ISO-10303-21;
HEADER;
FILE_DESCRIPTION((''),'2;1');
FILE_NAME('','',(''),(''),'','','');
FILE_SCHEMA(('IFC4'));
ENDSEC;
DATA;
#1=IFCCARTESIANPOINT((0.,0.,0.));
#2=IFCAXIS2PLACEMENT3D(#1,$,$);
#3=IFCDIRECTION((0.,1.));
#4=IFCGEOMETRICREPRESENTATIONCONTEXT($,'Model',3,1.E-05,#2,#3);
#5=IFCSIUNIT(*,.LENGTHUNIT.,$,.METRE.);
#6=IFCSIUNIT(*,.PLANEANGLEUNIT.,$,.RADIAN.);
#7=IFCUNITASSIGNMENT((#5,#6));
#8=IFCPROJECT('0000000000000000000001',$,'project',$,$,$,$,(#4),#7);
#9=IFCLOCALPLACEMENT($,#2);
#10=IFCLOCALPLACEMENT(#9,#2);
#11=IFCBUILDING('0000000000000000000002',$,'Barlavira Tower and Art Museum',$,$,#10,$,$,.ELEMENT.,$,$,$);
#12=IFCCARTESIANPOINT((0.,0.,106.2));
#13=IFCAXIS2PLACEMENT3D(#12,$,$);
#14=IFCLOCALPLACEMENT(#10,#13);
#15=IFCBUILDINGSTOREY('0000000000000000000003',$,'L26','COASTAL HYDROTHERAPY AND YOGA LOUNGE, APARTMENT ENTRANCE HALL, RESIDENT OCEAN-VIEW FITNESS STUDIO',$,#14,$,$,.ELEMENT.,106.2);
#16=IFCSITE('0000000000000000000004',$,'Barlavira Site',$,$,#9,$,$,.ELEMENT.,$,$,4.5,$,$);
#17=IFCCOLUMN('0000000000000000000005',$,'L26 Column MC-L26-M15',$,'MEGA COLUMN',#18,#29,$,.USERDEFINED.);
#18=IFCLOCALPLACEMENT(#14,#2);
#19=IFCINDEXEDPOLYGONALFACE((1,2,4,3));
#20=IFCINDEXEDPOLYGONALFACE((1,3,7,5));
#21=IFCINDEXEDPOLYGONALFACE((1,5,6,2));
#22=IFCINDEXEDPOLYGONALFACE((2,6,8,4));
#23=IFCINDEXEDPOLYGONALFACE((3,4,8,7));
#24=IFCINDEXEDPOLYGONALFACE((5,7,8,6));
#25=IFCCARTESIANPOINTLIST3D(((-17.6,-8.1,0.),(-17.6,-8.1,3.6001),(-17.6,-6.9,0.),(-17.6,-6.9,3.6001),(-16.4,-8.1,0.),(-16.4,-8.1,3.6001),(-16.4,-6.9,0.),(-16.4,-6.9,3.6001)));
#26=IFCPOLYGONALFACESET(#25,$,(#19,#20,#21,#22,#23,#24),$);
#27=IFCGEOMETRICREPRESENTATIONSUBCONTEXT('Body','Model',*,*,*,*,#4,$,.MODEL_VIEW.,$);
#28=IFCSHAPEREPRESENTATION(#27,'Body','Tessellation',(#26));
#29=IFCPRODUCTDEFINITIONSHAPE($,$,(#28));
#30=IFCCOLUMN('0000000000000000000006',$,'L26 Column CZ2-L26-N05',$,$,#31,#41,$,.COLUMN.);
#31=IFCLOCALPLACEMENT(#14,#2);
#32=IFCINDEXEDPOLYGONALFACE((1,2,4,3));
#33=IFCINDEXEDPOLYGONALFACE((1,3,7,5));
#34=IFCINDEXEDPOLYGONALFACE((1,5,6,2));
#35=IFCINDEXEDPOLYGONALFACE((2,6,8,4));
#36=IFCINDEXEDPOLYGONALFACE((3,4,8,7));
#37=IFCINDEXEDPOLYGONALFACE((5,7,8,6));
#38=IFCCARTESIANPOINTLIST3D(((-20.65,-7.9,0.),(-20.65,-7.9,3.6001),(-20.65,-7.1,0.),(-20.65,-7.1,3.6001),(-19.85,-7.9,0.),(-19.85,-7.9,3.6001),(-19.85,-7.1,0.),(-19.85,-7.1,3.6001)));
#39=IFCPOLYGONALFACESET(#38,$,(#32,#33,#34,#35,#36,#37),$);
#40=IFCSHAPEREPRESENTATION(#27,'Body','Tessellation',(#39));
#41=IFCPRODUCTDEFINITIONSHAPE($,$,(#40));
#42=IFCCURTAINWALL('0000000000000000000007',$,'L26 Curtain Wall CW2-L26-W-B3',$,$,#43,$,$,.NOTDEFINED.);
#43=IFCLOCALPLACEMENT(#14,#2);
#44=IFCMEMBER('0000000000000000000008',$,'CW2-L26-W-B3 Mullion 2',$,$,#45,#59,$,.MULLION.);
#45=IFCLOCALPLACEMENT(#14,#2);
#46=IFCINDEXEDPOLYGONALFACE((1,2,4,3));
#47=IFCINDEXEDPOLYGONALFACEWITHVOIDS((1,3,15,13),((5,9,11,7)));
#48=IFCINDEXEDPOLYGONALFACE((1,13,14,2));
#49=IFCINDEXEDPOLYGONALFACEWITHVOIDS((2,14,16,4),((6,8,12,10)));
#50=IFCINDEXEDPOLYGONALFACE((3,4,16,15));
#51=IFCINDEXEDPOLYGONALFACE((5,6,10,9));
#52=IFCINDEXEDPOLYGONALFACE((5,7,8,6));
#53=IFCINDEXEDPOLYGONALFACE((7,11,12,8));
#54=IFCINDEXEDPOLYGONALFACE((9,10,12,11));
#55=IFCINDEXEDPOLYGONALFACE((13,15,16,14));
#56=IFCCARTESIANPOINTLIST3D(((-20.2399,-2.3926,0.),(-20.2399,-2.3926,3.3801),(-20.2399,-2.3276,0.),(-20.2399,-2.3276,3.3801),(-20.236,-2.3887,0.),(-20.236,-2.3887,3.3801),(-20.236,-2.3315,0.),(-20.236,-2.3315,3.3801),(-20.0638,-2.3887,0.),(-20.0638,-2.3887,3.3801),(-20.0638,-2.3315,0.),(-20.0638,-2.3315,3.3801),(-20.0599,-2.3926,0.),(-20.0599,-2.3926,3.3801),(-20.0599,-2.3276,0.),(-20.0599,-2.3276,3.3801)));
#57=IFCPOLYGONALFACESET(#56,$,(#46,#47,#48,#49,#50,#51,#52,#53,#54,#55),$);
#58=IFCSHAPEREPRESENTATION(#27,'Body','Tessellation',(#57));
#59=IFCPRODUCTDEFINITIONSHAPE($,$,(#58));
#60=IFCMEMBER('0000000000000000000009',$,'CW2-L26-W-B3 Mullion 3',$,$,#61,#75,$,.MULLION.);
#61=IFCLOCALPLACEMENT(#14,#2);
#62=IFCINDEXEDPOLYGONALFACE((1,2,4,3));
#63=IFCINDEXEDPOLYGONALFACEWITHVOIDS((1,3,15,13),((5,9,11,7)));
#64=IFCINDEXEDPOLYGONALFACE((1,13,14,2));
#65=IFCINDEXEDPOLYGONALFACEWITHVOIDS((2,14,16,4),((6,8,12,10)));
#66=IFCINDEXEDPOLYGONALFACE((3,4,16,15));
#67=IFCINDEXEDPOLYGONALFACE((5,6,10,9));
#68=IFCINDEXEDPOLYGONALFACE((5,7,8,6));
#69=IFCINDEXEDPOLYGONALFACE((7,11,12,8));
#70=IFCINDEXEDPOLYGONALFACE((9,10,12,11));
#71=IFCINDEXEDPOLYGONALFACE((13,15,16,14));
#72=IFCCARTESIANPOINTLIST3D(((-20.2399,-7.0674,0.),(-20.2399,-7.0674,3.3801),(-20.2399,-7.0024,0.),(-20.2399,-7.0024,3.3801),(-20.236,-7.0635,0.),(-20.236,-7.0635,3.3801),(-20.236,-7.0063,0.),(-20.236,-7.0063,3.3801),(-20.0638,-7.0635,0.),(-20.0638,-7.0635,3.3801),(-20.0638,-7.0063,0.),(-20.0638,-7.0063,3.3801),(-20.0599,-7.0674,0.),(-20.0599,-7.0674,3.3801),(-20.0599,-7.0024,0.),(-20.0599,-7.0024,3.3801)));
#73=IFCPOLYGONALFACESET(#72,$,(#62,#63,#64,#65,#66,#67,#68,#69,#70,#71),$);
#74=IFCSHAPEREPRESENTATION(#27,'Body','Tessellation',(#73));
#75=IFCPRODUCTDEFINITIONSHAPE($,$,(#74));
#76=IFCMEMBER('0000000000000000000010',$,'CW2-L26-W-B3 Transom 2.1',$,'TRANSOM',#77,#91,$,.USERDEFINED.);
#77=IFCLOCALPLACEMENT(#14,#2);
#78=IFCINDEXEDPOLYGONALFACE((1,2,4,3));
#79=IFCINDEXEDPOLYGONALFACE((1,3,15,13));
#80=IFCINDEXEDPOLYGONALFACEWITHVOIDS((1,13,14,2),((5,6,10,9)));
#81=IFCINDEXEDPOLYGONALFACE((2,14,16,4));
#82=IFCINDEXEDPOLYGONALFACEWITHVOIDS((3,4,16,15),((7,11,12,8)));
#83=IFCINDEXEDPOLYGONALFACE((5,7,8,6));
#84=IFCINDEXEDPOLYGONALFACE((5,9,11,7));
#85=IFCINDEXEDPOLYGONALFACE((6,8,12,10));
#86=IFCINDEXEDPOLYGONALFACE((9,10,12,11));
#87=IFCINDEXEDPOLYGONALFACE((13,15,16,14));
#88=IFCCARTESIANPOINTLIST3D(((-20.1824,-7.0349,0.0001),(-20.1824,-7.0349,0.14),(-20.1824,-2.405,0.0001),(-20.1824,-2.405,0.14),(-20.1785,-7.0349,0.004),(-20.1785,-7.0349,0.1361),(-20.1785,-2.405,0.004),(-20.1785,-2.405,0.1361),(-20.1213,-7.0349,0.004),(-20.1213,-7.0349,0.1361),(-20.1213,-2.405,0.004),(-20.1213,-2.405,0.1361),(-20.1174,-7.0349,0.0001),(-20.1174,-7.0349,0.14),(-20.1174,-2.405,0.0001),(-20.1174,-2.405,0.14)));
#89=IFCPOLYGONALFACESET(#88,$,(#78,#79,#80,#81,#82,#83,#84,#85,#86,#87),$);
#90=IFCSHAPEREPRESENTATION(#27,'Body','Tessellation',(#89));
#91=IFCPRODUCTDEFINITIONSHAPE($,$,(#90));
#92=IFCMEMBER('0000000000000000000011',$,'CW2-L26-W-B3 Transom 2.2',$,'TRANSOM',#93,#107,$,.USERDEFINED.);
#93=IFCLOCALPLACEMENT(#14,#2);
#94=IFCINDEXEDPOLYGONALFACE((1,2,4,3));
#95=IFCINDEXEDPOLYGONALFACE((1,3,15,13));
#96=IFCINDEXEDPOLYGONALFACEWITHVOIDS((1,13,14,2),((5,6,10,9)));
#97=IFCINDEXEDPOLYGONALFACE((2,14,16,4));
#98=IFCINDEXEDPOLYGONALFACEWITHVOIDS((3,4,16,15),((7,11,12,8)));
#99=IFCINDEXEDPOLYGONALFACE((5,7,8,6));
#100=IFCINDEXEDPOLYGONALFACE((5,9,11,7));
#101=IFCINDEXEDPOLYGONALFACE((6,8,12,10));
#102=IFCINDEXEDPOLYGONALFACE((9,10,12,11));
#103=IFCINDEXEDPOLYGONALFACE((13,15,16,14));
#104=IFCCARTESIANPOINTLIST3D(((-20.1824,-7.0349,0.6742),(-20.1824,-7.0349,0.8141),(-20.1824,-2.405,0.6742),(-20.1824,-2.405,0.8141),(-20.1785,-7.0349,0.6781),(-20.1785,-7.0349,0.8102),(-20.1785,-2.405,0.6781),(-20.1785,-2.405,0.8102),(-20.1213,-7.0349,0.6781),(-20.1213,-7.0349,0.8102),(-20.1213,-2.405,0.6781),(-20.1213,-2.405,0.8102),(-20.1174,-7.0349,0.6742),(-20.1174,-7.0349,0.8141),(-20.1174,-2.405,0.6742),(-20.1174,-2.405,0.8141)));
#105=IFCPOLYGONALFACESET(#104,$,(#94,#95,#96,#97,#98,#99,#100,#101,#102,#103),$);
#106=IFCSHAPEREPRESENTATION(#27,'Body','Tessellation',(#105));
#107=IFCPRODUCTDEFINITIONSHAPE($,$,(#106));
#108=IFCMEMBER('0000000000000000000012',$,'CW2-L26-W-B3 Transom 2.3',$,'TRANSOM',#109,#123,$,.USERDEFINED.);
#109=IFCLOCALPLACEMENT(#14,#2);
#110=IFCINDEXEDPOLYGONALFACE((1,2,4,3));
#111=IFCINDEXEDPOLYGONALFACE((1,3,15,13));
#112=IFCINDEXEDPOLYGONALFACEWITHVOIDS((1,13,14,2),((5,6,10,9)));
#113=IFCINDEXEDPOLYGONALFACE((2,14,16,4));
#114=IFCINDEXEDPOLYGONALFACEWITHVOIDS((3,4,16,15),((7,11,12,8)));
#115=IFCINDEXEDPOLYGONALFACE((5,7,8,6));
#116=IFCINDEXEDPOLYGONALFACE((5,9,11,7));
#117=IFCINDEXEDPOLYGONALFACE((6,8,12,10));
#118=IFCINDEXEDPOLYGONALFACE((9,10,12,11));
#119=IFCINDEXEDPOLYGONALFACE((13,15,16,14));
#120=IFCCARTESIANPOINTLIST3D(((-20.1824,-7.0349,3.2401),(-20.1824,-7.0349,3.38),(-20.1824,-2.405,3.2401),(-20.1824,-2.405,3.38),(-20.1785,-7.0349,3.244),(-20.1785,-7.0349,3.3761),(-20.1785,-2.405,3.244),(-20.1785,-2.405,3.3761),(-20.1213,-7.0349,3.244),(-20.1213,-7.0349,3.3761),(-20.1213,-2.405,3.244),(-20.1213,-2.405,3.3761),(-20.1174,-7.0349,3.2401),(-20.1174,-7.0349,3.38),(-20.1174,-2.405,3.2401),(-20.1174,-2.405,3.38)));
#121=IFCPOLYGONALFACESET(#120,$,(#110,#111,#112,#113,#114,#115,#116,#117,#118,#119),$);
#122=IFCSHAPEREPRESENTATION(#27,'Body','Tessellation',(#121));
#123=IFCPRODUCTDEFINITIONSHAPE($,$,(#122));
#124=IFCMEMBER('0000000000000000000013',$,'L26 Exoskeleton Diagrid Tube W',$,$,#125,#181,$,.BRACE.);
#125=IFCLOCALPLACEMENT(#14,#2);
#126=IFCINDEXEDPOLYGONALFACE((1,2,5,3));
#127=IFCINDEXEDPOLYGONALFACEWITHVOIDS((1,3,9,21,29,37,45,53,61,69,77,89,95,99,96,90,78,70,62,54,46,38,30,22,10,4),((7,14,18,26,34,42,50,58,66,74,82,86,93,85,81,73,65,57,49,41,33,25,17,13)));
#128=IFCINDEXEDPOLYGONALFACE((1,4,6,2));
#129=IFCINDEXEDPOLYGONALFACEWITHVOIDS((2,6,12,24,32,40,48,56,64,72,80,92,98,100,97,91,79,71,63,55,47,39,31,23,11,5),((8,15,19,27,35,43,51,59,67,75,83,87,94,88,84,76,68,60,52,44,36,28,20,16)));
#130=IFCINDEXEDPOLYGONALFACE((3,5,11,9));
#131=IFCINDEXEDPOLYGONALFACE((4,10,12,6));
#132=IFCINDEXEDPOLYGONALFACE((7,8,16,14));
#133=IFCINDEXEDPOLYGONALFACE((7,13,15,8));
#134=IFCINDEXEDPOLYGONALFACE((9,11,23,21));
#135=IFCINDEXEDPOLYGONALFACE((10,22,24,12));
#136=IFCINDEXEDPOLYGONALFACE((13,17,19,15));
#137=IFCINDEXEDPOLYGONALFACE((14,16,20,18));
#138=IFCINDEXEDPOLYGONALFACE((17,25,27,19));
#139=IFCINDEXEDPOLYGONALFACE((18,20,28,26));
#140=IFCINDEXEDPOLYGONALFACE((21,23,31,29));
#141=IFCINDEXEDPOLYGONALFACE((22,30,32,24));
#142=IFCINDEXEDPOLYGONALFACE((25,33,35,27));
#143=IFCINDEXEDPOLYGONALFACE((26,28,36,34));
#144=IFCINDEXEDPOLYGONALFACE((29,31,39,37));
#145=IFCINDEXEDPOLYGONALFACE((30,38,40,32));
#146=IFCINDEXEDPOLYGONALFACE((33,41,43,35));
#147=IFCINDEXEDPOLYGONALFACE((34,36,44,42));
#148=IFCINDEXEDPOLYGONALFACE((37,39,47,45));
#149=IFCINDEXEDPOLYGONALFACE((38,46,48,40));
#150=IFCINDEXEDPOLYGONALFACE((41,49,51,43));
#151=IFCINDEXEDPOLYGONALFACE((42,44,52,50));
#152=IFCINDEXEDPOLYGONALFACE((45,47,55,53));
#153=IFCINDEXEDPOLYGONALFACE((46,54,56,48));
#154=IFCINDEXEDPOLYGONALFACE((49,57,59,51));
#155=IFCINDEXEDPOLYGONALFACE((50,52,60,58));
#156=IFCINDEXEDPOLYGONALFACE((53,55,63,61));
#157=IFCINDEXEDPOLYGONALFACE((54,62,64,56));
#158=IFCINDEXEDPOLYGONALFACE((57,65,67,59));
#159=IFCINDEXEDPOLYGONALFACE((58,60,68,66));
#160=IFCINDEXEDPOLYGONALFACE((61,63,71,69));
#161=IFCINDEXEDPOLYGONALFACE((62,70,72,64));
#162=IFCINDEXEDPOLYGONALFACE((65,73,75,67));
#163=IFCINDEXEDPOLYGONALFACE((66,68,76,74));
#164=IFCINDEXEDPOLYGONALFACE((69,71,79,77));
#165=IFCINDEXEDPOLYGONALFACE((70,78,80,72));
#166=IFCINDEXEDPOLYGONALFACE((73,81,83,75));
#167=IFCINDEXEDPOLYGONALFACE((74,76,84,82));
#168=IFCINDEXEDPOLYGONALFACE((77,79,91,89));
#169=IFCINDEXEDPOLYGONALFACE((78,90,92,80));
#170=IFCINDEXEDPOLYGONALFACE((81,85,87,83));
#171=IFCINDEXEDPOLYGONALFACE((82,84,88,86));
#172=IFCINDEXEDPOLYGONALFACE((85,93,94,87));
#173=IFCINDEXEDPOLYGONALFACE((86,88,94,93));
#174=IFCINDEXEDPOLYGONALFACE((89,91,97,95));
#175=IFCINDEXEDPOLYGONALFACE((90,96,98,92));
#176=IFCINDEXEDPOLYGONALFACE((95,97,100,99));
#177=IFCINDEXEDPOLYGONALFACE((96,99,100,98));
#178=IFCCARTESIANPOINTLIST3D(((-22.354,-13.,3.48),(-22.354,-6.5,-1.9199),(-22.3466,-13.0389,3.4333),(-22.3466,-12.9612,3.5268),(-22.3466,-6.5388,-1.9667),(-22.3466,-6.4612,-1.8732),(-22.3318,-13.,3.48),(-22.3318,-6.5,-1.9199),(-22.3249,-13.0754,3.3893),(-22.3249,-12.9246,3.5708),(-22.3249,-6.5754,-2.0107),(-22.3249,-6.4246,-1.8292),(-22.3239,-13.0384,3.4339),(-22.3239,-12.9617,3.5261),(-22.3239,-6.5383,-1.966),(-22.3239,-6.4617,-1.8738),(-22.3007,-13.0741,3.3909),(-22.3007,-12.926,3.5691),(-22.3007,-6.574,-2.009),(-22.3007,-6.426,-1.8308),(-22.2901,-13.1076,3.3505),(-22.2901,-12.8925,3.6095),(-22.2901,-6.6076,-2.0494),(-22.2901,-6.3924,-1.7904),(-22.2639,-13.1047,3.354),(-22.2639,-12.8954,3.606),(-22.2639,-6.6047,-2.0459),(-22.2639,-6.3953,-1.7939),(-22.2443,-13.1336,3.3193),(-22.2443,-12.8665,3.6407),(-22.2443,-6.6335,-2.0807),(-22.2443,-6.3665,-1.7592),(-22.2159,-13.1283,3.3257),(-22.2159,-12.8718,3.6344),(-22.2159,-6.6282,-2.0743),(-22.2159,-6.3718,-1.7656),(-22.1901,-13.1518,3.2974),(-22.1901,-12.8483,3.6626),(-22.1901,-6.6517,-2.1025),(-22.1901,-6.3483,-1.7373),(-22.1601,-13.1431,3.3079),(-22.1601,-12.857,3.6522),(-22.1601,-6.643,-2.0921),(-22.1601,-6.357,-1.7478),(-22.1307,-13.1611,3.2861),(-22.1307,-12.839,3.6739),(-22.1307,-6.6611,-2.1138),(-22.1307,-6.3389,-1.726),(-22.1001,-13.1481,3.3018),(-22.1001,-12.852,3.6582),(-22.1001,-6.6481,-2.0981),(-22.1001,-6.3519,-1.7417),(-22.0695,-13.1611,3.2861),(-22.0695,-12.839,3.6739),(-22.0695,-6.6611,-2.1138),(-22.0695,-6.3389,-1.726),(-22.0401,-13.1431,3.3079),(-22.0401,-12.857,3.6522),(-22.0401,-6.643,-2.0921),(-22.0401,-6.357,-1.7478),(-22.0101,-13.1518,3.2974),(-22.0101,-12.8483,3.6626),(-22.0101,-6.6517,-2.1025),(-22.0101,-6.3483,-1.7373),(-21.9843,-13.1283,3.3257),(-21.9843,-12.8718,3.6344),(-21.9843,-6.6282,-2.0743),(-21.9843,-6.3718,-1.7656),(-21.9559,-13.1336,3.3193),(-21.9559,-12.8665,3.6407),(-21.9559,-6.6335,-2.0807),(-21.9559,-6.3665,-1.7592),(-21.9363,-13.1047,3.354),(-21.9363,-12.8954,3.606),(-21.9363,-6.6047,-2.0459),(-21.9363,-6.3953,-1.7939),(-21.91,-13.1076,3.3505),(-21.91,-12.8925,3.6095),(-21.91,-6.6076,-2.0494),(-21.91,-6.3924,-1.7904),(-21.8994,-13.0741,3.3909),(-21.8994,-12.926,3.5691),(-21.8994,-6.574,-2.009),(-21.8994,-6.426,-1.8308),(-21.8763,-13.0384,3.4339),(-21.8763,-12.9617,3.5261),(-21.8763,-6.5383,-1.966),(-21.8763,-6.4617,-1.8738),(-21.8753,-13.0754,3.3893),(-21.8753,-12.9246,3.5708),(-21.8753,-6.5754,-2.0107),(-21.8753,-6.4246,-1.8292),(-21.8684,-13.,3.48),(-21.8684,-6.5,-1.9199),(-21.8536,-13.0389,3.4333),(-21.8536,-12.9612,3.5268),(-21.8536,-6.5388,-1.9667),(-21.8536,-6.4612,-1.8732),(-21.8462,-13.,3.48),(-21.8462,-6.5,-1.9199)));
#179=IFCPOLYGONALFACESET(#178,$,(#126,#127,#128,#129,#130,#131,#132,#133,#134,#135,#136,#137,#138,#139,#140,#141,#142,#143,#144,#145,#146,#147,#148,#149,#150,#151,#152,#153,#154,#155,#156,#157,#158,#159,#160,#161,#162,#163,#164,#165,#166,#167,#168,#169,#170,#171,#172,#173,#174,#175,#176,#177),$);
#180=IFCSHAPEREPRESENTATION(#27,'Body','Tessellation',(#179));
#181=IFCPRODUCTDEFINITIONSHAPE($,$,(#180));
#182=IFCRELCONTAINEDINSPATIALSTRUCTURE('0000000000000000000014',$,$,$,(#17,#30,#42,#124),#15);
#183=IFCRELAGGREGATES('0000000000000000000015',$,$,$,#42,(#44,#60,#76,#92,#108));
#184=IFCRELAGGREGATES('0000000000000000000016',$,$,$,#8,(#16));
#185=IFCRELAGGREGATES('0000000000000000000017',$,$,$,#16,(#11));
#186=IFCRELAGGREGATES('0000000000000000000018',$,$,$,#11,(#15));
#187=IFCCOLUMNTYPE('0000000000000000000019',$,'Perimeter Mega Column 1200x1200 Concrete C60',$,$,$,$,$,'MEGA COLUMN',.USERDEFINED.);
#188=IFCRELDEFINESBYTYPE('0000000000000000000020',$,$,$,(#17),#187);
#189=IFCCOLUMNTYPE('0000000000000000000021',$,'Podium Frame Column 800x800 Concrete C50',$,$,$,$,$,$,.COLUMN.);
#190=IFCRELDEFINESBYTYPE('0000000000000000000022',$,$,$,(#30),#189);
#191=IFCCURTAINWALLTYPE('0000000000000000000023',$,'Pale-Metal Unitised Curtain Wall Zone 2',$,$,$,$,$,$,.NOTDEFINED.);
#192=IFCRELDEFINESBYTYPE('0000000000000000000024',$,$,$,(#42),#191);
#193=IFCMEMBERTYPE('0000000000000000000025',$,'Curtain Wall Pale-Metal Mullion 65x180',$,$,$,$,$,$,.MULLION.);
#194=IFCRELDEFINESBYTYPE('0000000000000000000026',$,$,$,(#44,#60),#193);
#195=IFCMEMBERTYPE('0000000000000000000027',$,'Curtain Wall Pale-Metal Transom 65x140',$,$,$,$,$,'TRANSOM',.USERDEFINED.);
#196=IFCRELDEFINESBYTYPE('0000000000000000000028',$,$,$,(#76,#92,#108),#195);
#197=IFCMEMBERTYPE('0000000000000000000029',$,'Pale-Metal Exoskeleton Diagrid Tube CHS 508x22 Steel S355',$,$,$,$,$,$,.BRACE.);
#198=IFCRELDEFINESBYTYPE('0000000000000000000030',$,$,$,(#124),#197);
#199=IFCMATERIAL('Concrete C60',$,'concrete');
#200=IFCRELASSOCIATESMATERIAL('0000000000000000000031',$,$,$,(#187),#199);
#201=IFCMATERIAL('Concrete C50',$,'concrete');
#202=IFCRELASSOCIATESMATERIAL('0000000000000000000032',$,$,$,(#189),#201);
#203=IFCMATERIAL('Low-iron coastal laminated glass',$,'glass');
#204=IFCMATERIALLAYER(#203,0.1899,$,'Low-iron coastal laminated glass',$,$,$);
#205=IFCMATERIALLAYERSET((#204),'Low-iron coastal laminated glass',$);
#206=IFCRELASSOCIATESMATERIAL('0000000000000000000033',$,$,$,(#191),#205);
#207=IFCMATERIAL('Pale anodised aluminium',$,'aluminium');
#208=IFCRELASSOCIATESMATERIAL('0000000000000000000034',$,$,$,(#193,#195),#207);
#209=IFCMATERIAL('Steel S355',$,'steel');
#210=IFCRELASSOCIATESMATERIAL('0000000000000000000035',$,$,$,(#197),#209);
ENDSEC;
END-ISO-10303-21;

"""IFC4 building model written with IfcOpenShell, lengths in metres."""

from ifc_helpers import new_model, si_unit, direction, frame, origin, origin_2d, place, context, subcontext, project, spatial, rectangle, hollow_rectangle, hollow_circle, extrude, material, layer, layer_set, material_profile, profile_set, type_object, element, aggregate, save


model = new_model("IFC4")

# Units and contexts
model_context = context("Model", 3, precision=1e-05, world=origin(), true_north=direction((0.0, 1.0)))
body_context = subcontext(model_context, "Body", "Model", "MODEL_VIEW")
ifc_project = project(units=[si_unit("LENGTHUNIT", "METRE"), si_unit("PLANEANGLEUNIT", "RADIAN")], contexts=[model_context])

# Site, building, storey
site_placement = place(None, origin())
site = spatial("IfcSite", under=ifc_project, at=site_placement, Name="Barlavira Site", CompositionType="ELEMENT", RefElevation=4.5)
building_placement = place(site_placement, origin())
building = spatial("IfcBuilding", under=site, at=building_placement, Name="Barlavira Tower and Art Museum", CompositionType="ELEMENT")
storey_placement = place(building_placement, frame((0.0, 0.0, 106.2)))
storey = spatial("IfcBuildingStorey", under=building, at=storey_placement, Name="L26", Description="COASTAL HYDROTHERAPY AND YOGA LOUNGE, APARTMENT ENTRANCE HALL, RESIDENT OCEAN-VIEW FITNESS STUDIO", CompositionType="ELEMENT", Elevation=106.2)

# Columns
ifc_material_1 = material(Name="Concrete C60", Category="concrete")
ifc_material_profile_1 = material_profile(ifc_material_1, rectangle(XDim=1.2, YDim=1.2, at=origin_2d()), Name="RC-COL 1200x1200")
ifc_profile_set_1 = profile_set([ifc_material_profile_1], Name="Concrete C60")
column_type_1 = type_object("IfcColumnType", Name="Perimeter Mega Column 1200x1200 Concrete C60", ElementType="MEGA COLUMN", PredefinedType="USERDEFINED", material=ifc_profile_set_1)
column_1_placement = place(storey_placement, frame((-17.0, -7.5, 0.0), z_axis=(0.0, 0.0, 1.0), x_axis=(1.0, 0.0, 0.0)))
element("IfcColumn", 1, at=column_1_placement, inside=storey, type_object=column_type_1, Name="L26 Column MC-L26-M15", ObjectType="MEGA COLUMN", PredefinedType="USERDEFINED", context=body_context, shape_type="SweptSolid", body=[
    extrude(rectangle(XDim=1.2, YDim=1.2, at=origin_2d()), origin(), (0.0, 0.0, 1.0), 3.6001),
])
ifc_material_2 = material(Name="Concrete C50", Category="concrete")
ifc_material_profile_2 = material_profile(ifc_material_2, rectangle(XDim=0.8, YDim=0.8, at=origin_2d()), Name="RC-COL 800x800")
ifc_profile_set_2 = profile_set([ifc_material_profile_2], Name="Concrete C50")
column_type_2 = type_object("IfcColumnType", Name="Podium Frame Column 800x800 Concrete C50", PredefinedType="COLUMN", material=ifc_profile_set_2)
column_2_placement = place(storey_placement, frame((-20.25, -7.5, 0.0), z_axis=(0.0, 0.0, 1.0), x_axis=(1.0, 0.0, 0.0)))
element("IfcColumn", 2, at=column_2_placement, inside=storey, type_object=column_type_2, Name="L26 Column CZ2-L26-N05", PredefinedType="COLUMN", context=body_context, shape_type="SweptSolid", body=[
    extrude(rectangle(XDim=0.8, YDim=0.8, at=origin_2d()), origin(), (0.0, 0.0, 1.0), 3.6001),
])

# Curtain wall, members
ifc_material_3 = material(Name="Low-iron coastal laminated glass", Category="glass")
ifc_layer_1 = layer(ifc_material_3, 0.1899, Name="Low-iron coastal laminated glass")
ifc_layer_set_1 = layer_set([ifc_layer_1], Name="Low-iron coastal laminated glass")
curtain_wall_type = type_object("IfcCurtainWallType", Name="Pale-Metal Unitised Curtain Wall Zone 2", PredefinedType="NOTDEFINED", material=ifc_layer_set_1)
curtain_wall_placement = place(storey_placement, origin())
curtain_wall = element("IfcCurtainWall", 3, at=curtain_wall_placement, inside=storey, type_object=curtain_wall_type, Name="L26 Curtain Wall CW2-L26-W-B3", PredefinedType="NOTDEFINED")
ifc_material_4 = material(Name="Pale anodised aluminium", Category="aluminium")
ifc_material_profile_3 = material_profile(ifc_material_4, hollow_rectangle(XDim=0.0649, YDim=0.1799, WallThickness=0.0039, at=origin_2d()), Name="ALU-MULL 65x180x4")
ifc_profile_set_3 = profile_set([ifc_material_profile_3], Name="Pale anodised aluminium")
member_type_1 = type_object("IfcMemberType", Name="Curtain Wall Pale-Metal Mullion 65x180", PredefinedType="MULLION", material=ifc_profile_set_3)
member_1_placement = place(storey_placement, frame((-20.1499, -2.3601, 0.0), z_axis=(0.0, 0.0, 1.0), x_axis=(0.0, -1.0, 0.0)))
member_1 = element("IfcMember", 4, at=member_1_placement, type_object=member_type_1, Name="CW2-L26-W-B3 Mullion 2", PredefinedType="MULLION", context=body_context, shape_type="SweptSolid", body=[
    extrude(hollow_rectangle(XDim=0.0649, YDim=0.1799, WallThickness=0.0039, at=origin_2d()), origin(), (0.0, 0.0, 1.0), 3.3801),
])
member_2_placement = place(storey_placement, frame((-20.1499, -7.0349, 0.0), z_axis=(0.0, 0.0, 1.0), x_axis=(0.0, -1.0, 0.0)))
member_2 = element("IfcMember", 5, at=member_2_placement, type_object=member_type_1, Name="CW2-L26-W-B3 Mullion 3", PredefinedType="MULLION", context=body_context, shape_type="SweptSolid", body=[
    extrude(hollow_rectangle(XDim=0.0649, YDim=0.1799, WallThickness=0.0039, at=origin_2d()), origin(), (0.0, 0.0, 1.0), 3.3801),
])
ifc_material_profile_4 = material_profile(ifc_material_4, hollow_rectangle(XDim=0.0649, YDim=0.1399, WallThickness=0.0039, at=origin_2d()), Name="ALU-TRAN 65x140x4")
ifc_profile_set_4 = profile_set([ifc_material_profile_4], Name="Pale anodised aluminium")
member_type_2 = type_object("IfcMemberType", Name="Curtain Wall Pale-Metal Transom 65x140", ElementType="TRANSOM", PredefinedType="USERDEFINED", material=ifc_profile_set_4)
member_3_placement = place(storey_placement, frame((-20.1499, -2.405, 0.0701), z_axis=(0.0, -1.0, 0.0), x_axis=(1.0, 0.0, 0.0)))
member_3 = element("IfcMember", 6, at=member_3_placement, type_object=member_type_2, Name="CW2-L26-W-B3 Transom 2.1", ObjectType="TRANSOM", PredefinedType="USERDEFINED", context=body_context, shape_type="SweptSolid", body=[
    extrude(hollow_rectangle(XDim=0.0649, YDim=0.1399, WallThickness=0.0039, at=origin_2d()), origin(), (0.0, 0.0, 1.0), 4.6299),
])
member_4_placement = place(storey_placement, frame((-20.1499, -2.405, 0.7441), z_axis=(0.0, -1.0, 0.0), x_axis=(1.0, 0.0, 0.0)))
member_4 = element("IfcMember", 7, at=member_4_placement, type_object=member_type_2, Name="CW2-L26-W-B3 Transom 2.2", ObjectType="TRANSOM", PredefinedType="USERDEFINED", context=body_context, shape_type="SweptSolid", body=[
    extrude(hollow_rectangle(XDim=0.0649, YDim=0.1399, WallThickness=0.0039, at=origin_2d()), origin(), (0.0, 0.0, 1.0), 4.6299),
])
member_5_placement = place(storey_placement, frame((-20.1499, -2.405, 3.3101), z_axis=(0.0, -1.0, 0.0), x_axis=(1.0, 0.0, 0.0)))
member_5 = element("IfcMember", 8, at=member_5_placement, type_object=member_type_2, Name="CW2-L26-W-B3 Transom 2.3", ObjectType="TRANSOM", PredefinedType="USERDEFINED", context=body_context, shape_type="SweptSolid", body=[
    extrude(hollow_rectangle(XDim=0.0649, YDim=0.1399, WallThickness=0.0039, at=origin_2d()), origin(), (0.0, 0.0, 1.0), 4.6299),
])

# Member
ifc_material_5 = material(Name="Steel S355", Category="steel")
ifc_material_profile_5 = material_profile(ifc_material_5, hollow_circle(Radius=0.2539, WallThickness=0.0222, at=origin_2d()), Name="CHS 508.0x22.2")
ifc_profile_set_5 = profile_set([ifc_material_profile_5], Name="Steel S355")
member_type_3 = type_object("IfcMemberType", Name="Pale-Metal Exoskeleton Diagrid Tube CHS 508x22 Steel S355", PredefinedType="BRACE", material=ifc_profile_set_5)
for number, where, z_axis, x_axis, name in (
    (9, (-22.1001, -6.5, -1.9199), (0.0, -0.769196, 0.639013), (1.0, 0.0, 0.0), "L26 Exoskeleton Diagrid Tube W"),
):
    element("IfcMember", number, at=place(storey_placement, frame(where, z_axis=z_axis, x_axis=x_axis)), inside=storey, type_object=member_type_3, Name=name, PredefinedType="BRACE", context=body_context, shape_type="SweptSolid", body=[
        extrude(hollow_circle(Radius=0.2539, WallThickness=0.0222, at=origin_2d()), origin(), (0.0, 0.0, 1.0), 8.4504),
    ])

aggregate(curtain_wall, [member_1, member_2, member_3, member_4, member_5])

save(model, "model.ifc")
